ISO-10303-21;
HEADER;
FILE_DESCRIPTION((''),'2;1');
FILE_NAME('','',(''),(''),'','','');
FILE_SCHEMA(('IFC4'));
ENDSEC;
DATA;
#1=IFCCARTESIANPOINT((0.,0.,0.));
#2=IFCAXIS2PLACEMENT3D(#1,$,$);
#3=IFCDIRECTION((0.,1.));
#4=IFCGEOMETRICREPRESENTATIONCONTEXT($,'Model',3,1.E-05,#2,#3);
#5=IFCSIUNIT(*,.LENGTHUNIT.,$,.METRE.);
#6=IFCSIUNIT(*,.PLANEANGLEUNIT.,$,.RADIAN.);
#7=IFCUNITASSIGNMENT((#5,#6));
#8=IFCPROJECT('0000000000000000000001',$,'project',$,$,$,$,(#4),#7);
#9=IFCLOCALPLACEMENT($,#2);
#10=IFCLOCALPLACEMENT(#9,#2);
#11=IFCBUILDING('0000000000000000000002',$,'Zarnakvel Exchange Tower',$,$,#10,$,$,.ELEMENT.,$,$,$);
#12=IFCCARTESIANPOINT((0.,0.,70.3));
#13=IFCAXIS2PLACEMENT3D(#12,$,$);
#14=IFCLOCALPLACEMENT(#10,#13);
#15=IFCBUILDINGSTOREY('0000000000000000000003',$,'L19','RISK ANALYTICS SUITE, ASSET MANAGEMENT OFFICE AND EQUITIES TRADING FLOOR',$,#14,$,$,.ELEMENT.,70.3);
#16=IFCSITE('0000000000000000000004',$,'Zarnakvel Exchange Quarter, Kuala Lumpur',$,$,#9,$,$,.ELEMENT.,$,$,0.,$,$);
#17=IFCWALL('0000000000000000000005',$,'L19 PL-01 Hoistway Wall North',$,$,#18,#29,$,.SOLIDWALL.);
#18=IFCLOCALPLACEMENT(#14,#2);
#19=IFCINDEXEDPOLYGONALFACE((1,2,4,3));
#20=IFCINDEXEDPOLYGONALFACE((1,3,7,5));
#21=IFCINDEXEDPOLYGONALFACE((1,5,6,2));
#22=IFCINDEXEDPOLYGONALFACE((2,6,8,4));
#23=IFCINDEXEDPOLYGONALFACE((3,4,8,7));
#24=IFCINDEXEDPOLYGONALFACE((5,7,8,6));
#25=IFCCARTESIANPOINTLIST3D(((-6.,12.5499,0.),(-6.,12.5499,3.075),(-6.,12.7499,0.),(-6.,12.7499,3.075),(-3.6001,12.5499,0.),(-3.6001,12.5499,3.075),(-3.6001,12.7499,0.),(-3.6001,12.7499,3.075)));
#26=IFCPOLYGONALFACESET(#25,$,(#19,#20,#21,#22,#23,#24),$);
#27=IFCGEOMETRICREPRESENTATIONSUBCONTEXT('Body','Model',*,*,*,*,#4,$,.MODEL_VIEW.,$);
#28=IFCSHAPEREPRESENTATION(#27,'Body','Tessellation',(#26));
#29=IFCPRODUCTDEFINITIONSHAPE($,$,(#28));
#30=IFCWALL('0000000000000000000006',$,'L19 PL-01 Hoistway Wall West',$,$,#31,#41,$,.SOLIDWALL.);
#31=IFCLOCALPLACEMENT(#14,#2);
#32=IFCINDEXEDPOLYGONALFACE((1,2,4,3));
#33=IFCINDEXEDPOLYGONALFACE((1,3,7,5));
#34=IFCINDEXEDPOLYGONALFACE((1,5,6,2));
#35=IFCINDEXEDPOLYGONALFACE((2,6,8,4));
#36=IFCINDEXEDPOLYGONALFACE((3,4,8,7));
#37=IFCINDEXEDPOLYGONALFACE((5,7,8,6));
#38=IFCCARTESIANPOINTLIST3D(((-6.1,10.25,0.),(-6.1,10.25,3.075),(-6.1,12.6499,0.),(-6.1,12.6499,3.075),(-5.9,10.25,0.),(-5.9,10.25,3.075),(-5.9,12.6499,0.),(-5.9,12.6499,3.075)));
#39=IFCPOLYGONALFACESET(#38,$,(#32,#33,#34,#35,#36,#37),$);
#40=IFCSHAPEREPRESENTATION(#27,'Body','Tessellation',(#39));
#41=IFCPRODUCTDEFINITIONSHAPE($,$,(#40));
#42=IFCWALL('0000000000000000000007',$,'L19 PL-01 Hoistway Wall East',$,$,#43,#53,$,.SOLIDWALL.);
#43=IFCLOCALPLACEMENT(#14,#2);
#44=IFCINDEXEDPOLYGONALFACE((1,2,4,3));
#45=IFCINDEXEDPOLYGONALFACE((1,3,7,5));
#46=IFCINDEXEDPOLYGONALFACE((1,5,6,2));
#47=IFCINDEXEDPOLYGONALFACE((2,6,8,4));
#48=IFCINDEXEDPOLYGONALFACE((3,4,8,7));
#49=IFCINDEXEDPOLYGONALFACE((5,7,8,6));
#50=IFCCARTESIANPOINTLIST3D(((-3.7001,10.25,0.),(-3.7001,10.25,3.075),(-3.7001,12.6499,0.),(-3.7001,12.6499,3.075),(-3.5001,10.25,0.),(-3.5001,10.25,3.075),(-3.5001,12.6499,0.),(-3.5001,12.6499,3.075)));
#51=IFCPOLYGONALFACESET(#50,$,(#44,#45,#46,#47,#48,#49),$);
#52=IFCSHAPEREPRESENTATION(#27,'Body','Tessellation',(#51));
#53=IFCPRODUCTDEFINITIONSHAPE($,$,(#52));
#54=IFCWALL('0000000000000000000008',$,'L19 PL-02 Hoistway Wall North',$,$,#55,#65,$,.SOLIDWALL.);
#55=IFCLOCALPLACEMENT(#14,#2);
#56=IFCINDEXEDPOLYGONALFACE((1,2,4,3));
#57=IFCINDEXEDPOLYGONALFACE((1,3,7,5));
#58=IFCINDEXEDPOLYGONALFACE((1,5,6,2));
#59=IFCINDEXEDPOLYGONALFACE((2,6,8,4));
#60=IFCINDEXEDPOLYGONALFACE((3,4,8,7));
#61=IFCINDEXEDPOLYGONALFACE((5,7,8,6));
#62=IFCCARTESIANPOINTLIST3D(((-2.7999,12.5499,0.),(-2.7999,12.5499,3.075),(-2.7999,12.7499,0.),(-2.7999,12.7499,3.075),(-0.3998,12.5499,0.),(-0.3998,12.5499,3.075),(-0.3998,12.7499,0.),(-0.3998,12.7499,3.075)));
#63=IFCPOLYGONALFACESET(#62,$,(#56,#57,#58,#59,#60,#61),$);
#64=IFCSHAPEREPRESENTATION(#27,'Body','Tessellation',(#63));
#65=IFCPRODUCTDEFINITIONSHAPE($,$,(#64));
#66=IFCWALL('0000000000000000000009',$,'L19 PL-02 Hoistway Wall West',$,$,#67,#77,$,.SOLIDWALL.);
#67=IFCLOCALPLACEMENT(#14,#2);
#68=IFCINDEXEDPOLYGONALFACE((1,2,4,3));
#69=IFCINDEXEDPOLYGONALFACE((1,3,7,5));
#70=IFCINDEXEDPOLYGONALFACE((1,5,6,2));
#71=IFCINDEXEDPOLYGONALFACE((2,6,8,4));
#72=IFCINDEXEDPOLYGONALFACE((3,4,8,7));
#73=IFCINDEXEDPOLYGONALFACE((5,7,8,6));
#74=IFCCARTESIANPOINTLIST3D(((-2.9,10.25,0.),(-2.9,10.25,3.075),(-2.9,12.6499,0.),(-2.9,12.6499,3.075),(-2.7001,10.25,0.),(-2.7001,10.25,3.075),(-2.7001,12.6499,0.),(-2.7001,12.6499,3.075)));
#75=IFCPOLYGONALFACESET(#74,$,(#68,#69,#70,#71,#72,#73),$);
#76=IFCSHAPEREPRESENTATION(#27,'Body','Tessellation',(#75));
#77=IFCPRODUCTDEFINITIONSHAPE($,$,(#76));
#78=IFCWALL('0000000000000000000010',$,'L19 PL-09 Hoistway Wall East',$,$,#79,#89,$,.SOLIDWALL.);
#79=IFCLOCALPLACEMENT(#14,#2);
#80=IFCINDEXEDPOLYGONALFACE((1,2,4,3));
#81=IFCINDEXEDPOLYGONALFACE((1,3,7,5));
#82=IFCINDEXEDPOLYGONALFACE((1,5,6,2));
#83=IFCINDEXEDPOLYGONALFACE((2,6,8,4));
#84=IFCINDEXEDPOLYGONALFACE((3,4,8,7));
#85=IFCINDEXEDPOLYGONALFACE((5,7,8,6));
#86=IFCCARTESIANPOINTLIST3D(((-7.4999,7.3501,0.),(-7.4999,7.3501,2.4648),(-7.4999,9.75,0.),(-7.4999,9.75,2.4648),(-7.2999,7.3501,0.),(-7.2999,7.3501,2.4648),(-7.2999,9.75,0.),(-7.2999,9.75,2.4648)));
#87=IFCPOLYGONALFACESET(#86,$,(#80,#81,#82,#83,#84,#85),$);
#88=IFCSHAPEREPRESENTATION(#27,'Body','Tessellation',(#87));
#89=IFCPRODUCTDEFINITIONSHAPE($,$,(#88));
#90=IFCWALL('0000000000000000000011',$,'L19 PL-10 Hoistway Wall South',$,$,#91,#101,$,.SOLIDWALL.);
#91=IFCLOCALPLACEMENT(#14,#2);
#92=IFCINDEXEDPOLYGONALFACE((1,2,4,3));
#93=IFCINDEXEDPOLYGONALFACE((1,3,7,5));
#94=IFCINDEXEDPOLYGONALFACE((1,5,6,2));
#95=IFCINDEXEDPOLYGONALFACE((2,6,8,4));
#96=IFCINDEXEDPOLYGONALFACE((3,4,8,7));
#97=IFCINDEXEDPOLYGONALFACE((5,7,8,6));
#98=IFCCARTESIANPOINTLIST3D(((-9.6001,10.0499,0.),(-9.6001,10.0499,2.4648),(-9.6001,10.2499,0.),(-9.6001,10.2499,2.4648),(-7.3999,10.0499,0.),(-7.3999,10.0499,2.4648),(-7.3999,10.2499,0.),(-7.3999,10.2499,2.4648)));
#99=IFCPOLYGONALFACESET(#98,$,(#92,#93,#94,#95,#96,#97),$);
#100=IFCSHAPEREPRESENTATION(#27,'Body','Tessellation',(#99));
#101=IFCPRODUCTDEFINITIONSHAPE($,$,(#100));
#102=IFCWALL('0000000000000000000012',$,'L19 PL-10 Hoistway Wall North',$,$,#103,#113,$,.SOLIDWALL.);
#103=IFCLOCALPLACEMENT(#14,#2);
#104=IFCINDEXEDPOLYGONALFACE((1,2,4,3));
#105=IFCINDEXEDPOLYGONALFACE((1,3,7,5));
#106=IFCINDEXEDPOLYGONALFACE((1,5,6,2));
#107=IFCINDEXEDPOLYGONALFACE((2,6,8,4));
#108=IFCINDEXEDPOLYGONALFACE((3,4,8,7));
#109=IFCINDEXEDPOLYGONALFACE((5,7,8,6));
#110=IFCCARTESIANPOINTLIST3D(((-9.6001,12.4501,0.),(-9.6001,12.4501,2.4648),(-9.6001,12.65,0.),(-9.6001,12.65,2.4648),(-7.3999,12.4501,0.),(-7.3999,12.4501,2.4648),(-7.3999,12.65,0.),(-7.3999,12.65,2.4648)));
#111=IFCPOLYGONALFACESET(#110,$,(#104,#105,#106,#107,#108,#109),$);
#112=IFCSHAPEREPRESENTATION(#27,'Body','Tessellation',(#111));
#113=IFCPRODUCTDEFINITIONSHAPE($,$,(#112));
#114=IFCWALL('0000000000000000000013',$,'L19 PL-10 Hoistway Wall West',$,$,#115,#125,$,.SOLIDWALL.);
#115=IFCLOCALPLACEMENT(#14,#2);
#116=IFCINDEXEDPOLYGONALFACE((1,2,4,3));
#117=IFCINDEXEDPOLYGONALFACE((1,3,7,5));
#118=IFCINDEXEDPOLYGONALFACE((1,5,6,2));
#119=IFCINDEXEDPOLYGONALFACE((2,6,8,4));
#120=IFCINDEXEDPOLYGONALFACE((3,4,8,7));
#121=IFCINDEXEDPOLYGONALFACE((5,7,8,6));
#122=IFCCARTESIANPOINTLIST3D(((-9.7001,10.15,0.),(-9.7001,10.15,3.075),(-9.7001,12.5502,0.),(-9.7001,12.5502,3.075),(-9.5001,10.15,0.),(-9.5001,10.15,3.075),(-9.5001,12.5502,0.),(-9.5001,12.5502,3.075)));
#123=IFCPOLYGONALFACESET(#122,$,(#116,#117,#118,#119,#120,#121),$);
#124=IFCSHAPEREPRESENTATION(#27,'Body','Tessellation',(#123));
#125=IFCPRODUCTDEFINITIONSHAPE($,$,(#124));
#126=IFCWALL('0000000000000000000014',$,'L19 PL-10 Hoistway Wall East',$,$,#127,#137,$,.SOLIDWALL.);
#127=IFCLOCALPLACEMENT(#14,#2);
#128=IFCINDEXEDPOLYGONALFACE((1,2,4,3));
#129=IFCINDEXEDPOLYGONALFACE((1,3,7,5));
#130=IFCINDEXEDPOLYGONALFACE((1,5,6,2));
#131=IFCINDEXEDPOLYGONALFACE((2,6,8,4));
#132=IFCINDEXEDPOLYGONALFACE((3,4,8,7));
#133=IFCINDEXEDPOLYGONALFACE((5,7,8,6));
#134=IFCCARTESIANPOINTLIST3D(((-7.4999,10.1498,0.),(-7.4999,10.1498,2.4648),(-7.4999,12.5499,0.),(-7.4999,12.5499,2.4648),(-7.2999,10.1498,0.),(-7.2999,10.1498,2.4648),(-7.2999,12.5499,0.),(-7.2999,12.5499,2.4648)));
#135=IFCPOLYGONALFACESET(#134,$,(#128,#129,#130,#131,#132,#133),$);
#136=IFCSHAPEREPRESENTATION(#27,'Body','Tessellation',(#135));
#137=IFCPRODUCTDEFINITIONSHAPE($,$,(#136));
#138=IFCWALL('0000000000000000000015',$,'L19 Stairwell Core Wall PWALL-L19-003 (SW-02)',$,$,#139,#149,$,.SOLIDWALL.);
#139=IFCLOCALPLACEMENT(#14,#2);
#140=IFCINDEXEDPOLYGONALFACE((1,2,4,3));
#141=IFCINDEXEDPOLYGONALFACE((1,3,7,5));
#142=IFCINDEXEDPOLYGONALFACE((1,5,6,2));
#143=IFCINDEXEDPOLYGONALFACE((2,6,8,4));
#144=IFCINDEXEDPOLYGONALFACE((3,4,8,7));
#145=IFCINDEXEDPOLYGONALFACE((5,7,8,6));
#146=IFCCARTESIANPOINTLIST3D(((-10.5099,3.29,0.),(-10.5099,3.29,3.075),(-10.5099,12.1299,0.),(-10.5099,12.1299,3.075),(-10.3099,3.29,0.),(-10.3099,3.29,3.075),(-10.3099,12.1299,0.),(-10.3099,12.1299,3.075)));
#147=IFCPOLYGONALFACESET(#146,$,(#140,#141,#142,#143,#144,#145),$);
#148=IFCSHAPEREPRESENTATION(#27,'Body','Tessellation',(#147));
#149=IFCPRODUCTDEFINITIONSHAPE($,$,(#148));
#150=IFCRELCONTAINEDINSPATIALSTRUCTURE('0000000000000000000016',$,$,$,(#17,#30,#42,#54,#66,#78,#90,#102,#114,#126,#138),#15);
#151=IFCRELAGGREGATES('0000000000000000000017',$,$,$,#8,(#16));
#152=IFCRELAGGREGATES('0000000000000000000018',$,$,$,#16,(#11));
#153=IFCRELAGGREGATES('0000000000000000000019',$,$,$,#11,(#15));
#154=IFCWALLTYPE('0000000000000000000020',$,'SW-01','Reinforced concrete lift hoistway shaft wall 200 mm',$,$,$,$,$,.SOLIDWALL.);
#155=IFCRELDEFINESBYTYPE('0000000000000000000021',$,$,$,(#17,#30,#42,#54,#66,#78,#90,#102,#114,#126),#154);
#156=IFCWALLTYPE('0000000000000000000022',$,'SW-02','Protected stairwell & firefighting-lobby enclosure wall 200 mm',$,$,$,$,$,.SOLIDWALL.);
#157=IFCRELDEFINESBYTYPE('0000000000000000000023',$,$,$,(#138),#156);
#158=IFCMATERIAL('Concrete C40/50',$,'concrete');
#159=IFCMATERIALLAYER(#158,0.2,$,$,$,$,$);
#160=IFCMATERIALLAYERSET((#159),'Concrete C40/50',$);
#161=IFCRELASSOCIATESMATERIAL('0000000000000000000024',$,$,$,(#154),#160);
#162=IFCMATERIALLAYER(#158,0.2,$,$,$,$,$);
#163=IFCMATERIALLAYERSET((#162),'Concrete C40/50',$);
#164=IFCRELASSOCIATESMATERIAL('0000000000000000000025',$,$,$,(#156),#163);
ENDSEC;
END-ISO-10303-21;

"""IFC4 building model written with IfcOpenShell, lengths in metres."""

from ifc_helpers import new_model, si_unit, direction, frame, frame_2d, origin, place, context, subcontext, project, spatial, rectangle, extrude, material, layer, layer_set, type_object, element, save


model = new_model("IFC4")

# Units and contexts
model_context = context("Model", 3, precision=1e-05, world=origin(), true_north=direction((0.0, 1.0)))
body_context = subcontext(model_context, "Body", "Model", "MODEL_VIEW")
ifc_project = project(units=[si_unit("LENGTHUNIT", "METRE"), si_unit("PLANEANGLEUNIT", "RADIAN")], contexts=[model_context])

# Site, building, storey
site_placement = place(None, origin())
site = spatial("IfcSite", under=ifc_project, at=site_placement, Name="Zarnakvel Exchange Quarter, Kuala Lumpur", CompositionType="ELEMENT", RefElevation=0.0)
building_placement = place(site_placement, origin())
building = spatial("IfcBuilding", under=site, at=building_placement, Name="Zarnakvel Exchange Tower", CompositionType="ELEMENT")
storey_placement = place(building_placement, frame((0.0, 0.0, 70.3)))
storey = spatial("IfcBuildingStorey", under=building, at=storey_placement, Name="L19", Description="RISK ANALYTICS SUITE, ASSET MANAGEMENT OFFICE AND EQUITIES TRADING FLOOR", CompositionType="ELEMENT", Elevation=70.3)

# Shared definitions
ifc_material_1 = material(Name="Concrete C40/50", Category="concrete")
ifc_layer_1 = layer(ifc_material_1, 0.2)
ifc_layer_set_1 = layer_set([ifc_layer_1], Name="Concrete C40/50")
wall_type_1 = type_object("IfcWallType", Name="SW-01", Description="Reinforced concrete lift hoistway shaft wall 200 mm", PredefinedType="SOLIDWALL", material=ifc_layer_set_1)

# Walls
for number, where, z_axis, x_axis, name in (
    (1, (-6.0, 12.6499, 0.0), (0.0, 0.0, 1.0), (1.0, 0.0, 0.0), "L19 PL-01 Hoistway Wall North"),
    (2, (-6.0, 10.25, 0.0), (0.0, 0.0, 1.0), (0.0, 1.0, 0.0), "L19 PL-01 Hoistway Wall West"),
    (3, (-3.6001, 12.6499, 0.0), (0.0, 0.0, 1.0), (0.0, -1.0, 0.0), "L19 PL-01 Hoistway Wall East"),
):
    element("IfcWall", number, at=place(storey_placement, frame(where, z_axis=z_axis, x_axis=x_axis)), inside=storey, type_object=wall_type_1, Name=name, PredefinedType="SOLIDWALL", context=body_context, shape_type="SweptSolid", body=[
        extrude(rectangle(XDim=2.3999, YDim=0.2, at=frame_2d((1.2, 0.0))), origin(), (0.0, 0.0, 1.0), 3.075),
    ])
wall_1_placement = place(storey_placement, frame((-2.8, 12.6499, 0.0), z_axis=(0.0, 0.0, 1.0), x_axis=(1.0, 0.0, 0.0)))
element("IfcWall", 4, at=wall_1_placement, inside=storey, type_object=wall_type_1, Name="L19 PL-02 Hoistway Wall North", PredefinedType="SOLIDWALL", context=body_context, shape_type="SweptSolid", body=[
    extrude(rectangle(XDim=2.4001, YDim=0.2, at=frame_2d((1.2002, 0.0))), origin(), (0.0, 0.0, 1.0), 3.075),
])
wall_2_placement = place(storey_placement, frame((-2.8, 10.25, 0.0), z_axis=(0.0, 0.0, 1.0), x_axis=(0.0, 1.0, 0.0)))
element("IfcWall", 5, at=wall_2_placement, inside=storey, type_object=wall_type_1, Name="L19 PL-02 Hoistway Wall West", PredefinedType="SOLIDWALL", context=body_context, shape_type="SweptSolid", body=[
    extrude(rectangle(XDim=2.3999, YDim=0.2, at=frame_2d((1.2, 0.0))), origin(), (0.0, 0.0, 1.0), 3.075),
])
wall_3_placement = place(storey_placement, frame((-7.3999, 9.75, 0.0), z_axis=(0.0, 0.0, 1.0), x_axis=(0.0, -1.0, 0.0)))
element("IfcWall", 6, at=wall_3_placement, inside=storey, type_object=wall_type_1, Name="L19 PL-09 Hoistway Wall East", PredefinedType="SOLIDWALL", context=body_context, shape_type="SweptSolid", body=[
    extrude(rectangle(XDim=2.3999, YDim=0.2, at=frame_2d((1.2, 0.0))), origin(), (0.0, 0.0, 1.0), 2.4648),
])
for number, where, z_axis, x_axis, name in (
    (7, (-7.3999, 10.1499, 0.0), (0.0, 0.0, 1.0), (-1.0, 0.0, 0.0), "L19 PL-10 Hoistway Wall South"),
    (8, (-9.6001, 12.55, 0.0), (0.0, 0.0, 1.0), (1.0, 0.0, 0.0), "L19 PL-10 Hoistway Wall North"),
):
    element("IfcWall", number, at=place(storey_placement, frame(where, z_axis=z_axis, x_axis=x_axis)), inside=storey, type_object=wall_type_1, Name=name, PredefinedType="SOLIDWALL", context=body_context, shape_type="SweptSolid", body=[
        extrude(rectangle(XDim=2.2002, YDim=0.2, at=frame_2d((1.1001, 0.0))), origin(), (0.0, 0.0, 1.0), 2.4648),
    ])
wall_4_placement = place(storey_placement, frame((-9.6001, 10.1499, 0.0), z_axis=(0.0, 0.0, 1.0), x_axis=(0.0, 1.0, 0.0)))
element("IfcWall", 9, at=wall_4_placement, inside=storey, type_object=wall_type_1, Name="L19 PL-10 Hoistway Wall West", PredefinedType="SOLIDWALL", context=body_context, shape_type="SweptSolid", body=[
    extrude(rectangle(XDim=2.4001, YDim=0.2, at=frame_2d((1.2002, 0.0))), origin(), (0.0, 0.0, 1.0), 3.075),
])
wall_5_placement = place(storey_placement, frame((-7.3999, 12.55, 0.0), z_axis=(0.0, 0.0, 1.0), x_axis=(0.0, -1.0, 0.0)))
element("IfcWall", 10, at=wall_5_placement, inside=storey, type_object=wall_type_1, Name="L19 PL-10 Hoistway Wall East", PredefinedType="SOLIDWALL", context=body_context, shape_type="SweptSolid", body=[
    extrude(rectangle(XDim=2.4001, YDim=0.2, at=frame_2d((1.2002, 0.0))), origin(), (0.0, 0.0, 1.0), 2.4648),
])
ifc_layer_2 = layer(ifc_material_1, 0.2)
ifc_layer_set_2 = layer_set([ifc_layer_2], Name="Concrete C40/50")
wall_type_2 = type_object("IfcWallType", Name="SW-02", Description="Protected stairwell & firefighting-lobby enclosure wall 200 mm", PredefinedType="SOLIDWALL", material=ifc_layer_set_2)
wall_6_placement = place(storey_placement, frame((-10.4099, 12.1299, 0.0), z_axis=(0.0, 0.0, 1.0), x_axis=(0.0, -1.0, 0.0)))
element("IfcWall", 11, at=wall_6_placement, inside=storey, type_object=wall_type_2, Name="L19 Stairwell Core Wall PWALL-L19-003 (SW-02)", PredefinedType="SOLIDWALL", context=body_context, shape_type="SweptSolid", body=[
    extrude(rectangle(XDim=8.8398, YDim=0.2, at=frame_2d((4.4199, 0.0))), origin(), (0.0, 0.0, 1.0), 3.075),
])

save(model, "model.ifc")
